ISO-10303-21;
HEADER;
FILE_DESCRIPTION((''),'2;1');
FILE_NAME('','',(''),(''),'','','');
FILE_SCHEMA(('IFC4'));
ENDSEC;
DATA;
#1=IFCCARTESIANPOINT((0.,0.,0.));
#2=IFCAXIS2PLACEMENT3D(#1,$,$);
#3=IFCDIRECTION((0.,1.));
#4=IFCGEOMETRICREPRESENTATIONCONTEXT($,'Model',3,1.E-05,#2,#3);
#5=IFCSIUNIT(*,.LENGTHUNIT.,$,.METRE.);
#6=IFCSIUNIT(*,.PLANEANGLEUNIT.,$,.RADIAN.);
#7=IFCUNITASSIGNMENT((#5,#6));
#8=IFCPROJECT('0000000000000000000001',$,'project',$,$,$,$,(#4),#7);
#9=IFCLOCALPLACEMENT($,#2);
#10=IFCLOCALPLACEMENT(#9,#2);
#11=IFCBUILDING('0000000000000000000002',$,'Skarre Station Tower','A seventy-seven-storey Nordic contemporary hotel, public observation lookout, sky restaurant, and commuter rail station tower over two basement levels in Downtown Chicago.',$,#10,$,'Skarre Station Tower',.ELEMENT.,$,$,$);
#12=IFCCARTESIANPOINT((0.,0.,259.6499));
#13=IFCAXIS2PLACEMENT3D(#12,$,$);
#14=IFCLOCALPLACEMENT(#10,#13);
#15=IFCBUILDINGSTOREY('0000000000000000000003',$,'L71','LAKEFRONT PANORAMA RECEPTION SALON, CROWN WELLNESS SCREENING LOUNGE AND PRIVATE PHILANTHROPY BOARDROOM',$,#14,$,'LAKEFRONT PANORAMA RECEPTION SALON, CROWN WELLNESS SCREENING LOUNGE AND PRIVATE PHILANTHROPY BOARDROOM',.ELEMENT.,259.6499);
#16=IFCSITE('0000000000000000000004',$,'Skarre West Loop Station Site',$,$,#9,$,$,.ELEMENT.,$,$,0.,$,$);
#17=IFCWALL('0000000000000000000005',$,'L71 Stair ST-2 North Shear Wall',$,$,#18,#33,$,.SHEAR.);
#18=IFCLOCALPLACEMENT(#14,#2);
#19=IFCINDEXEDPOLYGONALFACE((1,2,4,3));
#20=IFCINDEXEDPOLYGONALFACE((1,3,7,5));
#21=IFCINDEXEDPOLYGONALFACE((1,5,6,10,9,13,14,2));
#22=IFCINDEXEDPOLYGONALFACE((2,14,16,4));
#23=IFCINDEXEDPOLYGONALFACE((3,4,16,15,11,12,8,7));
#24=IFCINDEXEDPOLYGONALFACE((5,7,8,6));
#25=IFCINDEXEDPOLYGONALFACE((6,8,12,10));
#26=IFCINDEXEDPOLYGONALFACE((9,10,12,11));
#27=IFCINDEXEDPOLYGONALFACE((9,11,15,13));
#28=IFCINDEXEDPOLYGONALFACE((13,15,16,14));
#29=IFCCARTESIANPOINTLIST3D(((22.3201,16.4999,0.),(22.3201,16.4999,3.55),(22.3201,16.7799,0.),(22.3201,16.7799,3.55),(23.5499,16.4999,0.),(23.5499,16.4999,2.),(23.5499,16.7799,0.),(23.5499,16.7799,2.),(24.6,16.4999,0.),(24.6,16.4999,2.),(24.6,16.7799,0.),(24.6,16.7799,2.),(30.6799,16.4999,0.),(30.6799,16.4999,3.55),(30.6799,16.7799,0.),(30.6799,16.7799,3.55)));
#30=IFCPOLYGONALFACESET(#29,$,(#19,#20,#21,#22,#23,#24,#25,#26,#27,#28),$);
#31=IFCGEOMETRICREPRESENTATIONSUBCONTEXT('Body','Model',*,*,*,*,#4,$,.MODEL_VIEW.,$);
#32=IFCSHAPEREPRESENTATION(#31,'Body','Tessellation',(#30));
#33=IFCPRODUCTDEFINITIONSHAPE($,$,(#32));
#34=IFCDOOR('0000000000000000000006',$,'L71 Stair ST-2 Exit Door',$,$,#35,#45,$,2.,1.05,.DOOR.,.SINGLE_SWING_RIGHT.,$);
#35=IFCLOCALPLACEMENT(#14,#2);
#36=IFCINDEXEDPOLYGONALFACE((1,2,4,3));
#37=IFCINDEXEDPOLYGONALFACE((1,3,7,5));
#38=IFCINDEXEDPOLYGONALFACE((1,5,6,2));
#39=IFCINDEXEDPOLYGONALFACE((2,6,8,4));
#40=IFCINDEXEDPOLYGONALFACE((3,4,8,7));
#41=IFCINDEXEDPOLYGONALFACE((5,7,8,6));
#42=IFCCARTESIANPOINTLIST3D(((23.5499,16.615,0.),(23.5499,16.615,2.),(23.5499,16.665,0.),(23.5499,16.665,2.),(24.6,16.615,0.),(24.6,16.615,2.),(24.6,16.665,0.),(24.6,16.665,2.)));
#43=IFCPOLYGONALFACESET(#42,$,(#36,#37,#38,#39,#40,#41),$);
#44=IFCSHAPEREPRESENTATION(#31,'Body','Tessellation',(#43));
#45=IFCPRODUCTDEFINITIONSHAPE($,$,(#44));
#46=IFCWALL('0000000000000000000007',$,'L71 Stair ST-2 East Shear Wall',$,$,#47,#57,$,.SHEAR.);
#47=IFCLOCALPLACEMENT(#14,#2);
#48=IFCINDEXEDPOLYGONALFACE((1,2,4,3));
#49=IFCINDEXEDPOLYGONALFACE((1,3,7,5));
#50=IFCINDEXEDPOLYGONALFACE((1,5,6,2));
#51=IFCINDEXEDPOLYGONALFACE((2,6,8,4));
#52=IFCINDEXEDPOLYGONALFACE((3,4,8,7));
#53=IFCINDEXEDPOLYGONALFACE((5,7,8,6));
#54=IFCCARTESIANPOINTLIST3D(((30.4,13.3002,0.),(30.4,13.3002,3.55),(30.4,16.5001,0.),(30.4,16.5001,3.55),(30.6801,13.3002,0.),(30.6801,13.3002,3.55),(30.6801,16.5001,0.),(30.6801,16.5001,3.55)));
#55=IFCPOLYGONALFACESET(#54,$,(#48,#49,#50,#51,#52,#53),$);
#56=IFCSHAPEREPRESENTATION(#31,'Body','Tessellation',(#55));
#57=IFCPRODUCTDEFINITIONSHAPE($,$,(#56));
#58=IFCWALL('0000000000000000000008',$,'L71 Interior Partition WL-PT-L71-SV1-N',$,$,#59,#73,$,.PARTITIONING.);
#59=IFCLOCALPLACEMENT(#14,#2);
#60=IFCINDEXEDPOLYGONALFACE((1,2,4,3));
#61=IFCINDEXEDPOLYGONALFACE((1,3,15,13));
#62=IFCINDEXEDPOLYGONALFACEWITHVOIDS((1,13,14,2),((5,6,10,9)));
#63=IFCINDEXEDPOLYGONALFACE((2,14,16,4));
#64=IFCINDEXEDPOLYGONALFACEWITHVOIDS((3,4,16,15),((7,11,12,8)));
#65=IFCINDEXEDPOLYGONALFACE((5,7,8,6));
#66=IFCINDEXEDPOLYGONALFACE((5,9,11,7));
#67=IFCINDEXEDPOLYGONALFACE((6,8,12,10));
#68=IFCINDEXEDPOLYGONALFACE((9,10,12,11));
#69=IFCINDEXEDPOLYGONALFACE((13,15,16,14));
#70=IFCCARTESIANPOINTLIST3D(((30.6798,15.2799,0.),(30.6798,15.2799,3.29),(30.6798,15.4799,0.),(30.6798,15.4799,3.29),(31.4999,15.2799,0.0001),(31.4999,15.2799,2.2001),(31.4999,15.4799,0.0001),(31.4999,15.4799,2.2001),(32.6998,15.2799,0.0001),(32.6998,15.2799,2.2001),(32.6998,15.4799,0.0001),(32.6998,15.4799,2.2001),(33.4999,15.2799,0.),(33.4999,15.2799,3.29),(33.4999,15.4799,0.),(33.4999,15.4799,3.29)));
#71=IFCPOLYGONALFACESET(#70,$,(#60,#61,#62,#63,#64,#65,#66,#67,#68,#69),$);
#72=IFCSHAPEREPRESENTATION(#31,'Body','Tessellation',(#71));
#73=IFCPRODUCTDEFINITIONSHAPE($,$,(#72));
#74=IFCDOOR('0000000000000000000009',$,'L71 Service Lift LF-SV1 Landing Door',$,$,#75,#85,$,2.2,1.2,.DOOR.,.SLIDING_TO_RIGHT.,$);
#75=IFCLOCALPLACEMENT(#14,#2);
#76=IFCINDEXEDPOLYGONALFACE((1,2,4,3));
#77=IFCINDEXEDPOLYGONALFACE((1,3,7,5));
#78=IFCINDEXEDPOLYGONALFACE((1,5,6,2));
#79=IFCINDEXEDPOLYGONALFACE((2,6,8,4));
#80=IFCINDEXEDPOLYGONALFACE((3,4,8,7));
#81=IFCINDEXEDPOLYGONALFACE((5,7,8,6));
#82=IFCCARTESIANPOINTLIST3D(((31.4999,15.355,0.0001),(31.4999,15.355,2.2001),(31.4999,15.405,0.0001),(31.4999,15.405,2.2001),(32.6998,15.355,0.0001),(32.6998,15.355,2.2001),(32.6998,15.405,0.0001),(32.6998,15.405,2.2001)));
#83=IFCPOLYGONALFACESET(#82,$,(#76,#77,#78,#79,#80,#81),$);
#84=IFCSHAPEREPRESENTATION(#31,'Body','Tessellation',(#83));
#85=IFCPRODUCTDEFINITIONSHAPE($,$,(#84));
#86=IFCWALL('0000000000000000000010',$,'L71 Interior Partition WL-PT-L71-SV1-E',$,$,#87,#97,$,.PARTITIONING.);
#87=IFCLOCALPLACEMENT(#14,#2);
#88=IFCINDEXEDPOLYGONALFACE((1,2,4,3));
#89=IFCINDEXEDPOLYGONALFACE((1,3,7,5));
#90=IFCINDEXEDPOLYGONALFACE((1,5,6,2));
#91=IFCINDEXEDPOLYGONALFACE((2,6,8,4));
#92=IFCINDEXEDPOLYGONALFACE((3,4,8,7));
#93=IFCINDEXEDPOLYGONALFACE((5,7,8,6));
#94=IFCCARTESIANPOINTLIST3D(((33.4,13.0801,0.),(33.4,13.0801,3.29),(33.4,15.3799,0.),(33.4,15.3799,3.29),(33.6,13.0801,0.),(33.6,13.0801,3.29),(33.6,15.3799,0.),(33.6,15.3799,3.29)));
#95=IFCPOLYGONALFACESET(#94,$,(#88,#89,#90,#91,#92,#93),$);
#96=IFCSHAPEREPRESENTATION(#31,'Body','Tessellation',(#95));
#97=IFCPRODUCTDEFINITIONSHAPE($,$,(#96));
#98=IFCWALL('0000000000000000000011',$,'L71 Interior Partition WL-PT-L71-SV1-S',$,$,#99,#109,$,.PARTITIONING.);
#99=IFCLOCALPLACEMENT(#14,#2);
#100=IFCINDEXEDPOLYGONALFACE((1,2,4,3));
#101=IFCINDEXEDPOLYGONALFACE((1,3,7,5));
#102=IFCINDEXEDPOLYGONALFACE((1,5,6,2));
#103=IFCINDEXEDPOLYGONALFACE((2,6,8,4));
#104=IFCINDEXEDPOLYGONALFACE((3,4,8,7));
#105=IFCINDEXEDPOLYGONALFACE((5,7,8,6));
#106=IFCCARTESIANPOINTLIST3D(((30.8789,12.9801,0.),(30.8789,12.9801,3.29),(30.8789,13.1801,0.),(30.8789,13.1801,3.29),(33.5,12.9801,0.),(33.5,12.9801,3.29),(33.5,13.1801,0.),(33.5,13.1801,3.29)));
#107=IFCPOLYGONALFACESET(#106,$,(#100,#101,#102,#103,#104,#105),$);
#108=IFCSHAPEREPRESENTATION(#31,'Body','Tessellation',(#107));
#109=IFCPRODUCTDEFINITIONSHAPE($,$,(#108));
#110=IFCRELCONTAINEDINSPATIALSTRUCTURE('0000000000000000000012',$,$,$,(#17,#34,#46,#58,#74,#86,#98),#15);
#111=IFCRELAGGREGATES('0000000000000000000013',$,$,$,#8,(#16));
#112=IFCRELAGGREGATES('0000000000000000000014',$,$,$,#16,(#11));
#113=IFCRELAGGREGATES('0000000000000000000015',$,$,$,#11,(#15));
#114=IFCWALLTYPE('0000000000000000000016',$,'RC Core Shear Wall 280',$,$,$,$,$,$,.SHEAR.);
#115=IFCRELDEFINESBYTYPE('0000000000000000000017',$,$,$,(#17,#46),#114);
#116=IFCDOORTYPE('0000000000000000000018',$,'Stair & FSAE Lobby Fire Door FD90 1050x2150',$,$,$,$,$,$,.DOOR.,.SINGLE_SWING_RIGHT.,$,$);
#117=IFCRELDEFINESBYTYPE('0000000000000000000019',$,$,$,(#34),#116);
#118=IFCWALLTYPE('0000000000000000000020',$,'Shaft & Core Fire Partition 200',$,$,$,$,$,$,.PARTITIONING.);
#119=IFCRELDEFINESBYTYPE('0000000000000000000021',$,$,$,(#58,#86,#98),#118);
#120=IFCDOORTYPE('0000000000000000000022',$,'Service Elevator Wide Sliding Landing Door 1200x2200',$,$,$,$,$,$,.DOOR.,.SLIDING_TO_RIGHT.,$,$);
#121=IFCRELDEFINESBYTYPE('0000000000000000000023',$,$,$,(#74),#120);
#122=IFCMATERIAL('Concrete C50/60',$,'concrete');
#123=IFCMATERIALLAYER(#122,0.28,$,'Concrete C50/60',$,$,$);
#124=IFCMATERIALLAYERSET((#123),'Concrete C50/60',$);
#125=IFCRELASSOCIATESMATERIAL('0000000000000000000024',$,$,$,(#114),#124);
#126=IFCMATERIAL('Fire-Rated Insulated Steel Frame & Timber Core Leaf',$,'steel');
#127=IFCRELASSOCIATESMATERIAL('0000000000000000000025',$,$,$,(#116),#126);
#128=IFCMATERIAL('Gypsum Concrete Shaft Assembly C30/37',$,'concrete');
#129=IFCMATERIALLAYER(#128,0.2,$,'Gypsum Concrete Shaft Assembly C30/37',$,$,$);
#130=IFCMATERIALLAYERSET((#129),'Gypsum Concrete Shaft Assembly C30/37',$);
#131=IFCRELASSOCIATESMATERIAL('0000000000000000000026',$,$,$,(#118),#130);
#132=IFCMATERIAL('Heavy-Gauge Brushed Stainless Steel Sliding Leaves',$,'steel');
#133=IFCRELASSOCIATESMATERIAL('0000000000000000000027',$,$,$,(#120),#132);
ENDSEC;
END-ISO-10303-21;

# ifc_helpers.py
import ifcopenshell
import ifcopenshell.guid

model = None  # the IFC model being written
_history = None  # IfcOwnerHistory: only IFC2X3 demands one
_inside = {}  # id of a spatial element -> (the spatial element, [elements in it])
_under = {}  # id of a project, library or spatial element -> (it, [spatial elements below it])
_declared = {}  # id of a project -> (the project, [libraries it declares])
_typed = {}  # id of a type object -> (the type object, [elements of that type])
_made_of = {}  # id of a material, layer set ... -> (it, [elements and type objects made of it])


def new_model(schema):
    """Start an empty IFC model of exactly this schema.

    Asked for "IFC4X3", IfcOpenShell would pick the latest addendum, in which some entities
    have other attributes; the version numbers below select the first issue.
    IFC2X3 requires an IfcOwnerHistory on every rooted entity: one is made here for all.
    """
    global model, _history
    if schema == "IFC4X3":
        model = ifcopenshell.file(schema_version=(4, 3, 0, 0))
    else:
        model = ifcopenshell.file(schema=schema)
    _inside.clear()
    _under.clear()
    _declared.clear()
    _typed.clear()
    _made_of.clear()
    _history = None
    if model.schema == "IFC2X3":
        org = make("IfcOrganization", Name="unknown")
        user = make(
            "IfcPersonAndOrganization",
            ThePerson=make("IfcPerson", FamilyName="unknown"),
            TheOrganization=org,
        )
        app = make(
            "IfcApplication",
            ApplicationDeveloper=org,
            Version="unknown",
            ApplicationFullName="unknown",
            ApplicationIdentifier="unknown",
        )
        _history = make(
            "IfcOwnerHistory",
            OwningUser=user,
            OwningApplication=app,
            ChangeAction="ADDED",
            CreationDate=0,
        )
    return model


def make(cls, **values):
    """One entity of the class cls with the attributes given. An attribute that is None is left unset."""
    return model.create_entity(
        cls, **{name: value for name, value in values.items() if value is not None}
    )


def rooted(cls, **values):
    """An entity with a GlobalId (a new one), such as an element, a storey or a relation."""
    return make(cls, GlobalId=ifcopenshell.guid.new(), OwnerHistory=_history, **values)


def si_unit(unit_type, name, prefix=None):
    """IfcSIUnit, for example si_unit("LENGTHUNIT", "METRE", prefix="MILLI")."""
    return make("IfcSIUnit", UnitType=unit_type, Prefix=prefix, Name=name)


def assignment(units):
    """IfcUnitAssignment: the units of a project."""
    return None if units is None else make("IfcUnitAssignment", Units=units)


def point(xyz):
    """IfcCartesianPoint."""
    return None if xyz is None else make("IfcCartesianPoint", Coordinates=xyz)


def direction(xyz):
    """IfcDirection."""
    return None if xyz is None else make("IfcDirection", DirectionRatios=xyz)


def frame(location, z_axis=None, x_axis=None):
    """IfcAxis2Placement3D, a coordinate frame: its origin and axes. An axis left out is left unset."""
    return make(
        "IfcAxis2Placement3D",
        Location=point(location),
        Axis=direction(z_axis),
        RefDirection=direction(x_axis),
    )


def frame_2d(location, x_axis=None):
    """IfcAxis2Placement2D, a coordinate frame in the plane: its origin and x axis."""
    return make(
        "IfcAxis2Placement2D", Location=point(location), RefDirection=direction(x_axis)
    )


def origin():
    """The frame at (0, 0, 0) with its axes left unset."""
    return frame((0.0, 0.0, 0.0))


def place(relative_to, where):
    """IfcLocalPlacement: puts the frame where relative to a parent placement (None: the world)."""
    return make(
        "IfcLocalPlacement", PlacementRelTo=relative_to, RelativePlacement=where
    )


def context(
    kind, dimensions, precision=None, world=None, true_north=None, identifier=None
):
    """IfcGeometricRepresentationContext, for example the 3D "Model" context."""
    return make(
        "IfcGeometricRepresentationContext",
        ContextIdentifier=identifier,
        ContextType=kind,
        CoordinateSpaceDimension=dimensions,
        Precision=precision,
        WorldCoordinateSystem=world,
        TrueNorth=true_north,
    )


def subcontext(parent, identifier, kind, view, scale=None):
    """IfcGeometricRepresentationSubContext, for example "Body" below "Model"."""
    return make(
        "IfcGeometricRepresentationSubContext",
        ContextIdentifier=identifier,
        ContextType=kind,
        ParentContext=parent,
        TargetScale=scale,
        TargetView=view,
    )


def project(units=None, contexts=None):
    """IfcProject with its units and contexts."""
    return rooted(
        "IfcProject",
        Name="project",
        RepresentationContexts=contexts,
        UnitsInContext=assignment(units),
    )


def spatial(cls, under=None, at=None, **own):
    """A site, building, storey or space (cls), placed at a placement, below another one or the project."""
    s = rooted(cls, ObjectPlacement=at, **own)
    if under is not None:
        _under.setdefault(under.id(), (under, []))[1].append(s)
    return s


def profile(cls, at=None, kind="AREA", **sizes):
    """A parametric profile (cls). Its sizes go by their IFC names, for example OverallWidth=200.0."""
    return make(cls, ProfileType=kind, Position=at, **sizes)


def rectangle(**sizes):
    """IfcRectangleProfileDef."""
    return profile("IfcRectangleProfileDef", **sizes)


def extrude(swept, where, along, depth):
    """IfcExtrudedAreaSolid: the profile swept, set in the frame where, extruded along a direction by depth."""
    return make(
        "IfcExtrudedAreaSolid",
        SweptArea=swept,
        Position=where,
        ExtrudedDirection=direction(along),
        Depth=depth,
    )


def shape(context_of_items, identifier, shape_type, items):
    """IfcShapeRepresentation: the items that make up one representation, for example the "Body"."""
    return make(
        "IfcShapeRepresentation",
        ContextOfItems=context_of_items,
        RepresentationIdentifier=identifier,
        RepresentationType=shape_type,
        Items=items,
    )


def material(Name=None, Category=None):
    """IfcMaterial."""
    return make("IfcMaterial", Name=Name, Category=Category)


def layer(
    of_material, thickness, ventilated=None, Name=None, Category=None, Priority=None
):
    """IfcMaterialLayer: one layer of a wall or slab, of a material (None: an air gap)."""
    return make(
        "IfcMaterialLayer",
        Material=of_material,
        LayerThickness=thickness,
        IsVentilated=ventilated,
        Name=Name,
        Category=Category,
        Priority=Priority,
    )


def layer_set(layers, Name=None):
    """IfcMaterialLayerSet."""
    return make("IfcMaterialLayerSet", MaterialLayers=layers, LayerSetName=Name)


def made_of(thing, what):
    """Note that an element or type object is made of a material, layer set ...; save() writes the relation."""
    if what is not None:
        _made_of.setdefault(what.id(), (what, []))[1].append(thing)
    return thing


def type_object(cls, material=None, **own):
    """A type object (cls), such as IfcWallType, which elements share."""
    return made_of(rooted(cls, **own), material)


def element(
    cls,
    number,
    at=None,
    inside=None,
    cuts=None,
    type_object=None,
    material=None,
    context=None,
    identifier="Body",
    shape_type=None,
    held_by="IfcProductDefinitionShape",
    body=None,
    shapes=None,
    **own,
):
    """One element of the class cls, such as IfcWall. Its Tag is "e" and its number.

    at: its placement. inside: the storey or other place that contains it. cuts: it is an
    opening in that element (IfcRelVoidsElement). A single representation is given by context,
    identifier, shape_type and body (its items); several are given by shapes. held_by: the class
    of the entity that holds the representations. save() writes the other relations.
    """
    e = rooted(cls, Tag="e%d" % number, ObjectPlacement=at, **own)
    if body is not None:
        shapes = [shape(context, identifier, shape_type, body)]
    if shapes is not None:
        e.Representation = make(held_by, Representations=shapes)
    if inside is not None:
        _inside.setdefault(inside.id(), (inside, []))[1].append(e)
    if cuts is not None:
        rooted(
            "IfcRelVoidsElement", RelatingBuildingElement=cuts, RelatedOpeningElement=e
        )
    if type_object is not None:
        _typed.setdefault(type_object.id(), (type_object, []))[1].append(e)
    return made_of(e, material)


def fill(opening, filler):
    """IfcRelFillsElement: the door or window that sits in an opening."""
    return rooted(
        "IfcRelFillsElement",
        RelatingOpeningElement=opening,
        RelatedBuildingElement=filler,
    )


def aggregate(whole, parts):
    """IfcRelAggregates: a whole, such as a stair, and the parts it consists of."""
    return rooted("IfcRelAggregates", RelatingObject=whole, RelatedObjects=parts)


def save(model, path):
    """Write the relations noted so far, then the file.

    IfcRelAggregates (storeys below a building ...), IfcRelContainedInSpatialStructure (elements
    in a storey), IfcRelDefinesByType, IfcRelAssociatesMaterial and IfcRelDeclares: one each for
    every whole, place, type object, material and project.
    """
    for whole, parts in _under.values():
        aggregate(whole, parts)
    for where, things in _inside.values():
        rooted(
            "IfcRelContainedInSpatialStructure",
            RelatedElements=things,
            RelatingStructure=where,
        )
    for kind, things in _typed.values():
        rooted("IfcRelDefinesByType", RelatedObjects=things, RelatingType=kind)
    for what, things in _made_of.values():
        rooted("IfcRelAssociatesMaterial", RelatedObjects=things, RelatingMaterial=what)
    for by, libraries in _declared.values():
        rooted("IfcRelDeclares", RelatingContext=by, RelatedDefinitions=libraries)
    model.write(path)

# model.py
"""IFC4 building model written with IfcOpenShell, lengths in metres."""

from ifc_helpers import new_model, si_unit, direction, frame, frame_2d, origin, place, context, subcontext, project, spatial, rectangle, extrude, material, layer, layer_set, type_object, element, fill, save


model = new_model("IFC4")

# Units and contexts
model_context = context("Model", 3, precision=1e-05, world=origin(), true_north=direction((0.0, 1.0)))
body_context = subcontext(model_context, "Body", "Model", "MODEL_VIEW")
ifc_project = project(units=[si_unit("LENGTHUNIT", "METRE"), si_unit("PLANEANGLEUNIT", "RADIAN")], contexts=[model_context])

# Site, building, storey
site_placement = place(None, origin())
site = spatial("IfcSite", under=ifc_project, at=site_placement, Name="Skarre West Loop Station Site", CompositionType="ELEMENT", RefElevation=0.0)
building_placement = place(site_placement, origin())
building = spatial("IfcBuilding", under=site, at=building_placement, Name="Skarre Station Tower", Description="A seventy-seven-storey Nordic contemporary hotel, public observation lookout, sky restaurant, and commuter rail station tower over two basement levels in Downtown Chicago.", LongName="Skarre Station Tower", CompositionType="ELEMENT")
storey_placement = place(building_placement, frame((0.0, 0.0, 259.6499)))
storey = spatial("IfcBuildingStorey", under=building, at=storey_placement, Name="L71", Description="LAKEFRONT PANORAMA RECEPTION SALON, CROWN WELLNESS SCREENING LOUNGE AND PRIVATE PHILANTHROPY BOARDROOM", LongName="LAKEFRONT PANORAMA RECEPTION SALON, CROWN WELLNESS SCREENING LOUNGE AND PRIVATE PHILANTHROPY BOARDROOM", CompositionType="ELEMENT", Elevation=259.6499)

# Wall, opening, door
ifc_material_1 = material(Name="Concrete C50/60", Category="concrete")
ifc_layer_1 = layer(ifc_material_1, 0.28, Name="Concrete C50/60")
ifc_layer_set_1 = layer_set([ifc_layer_1], Name="Concrete C50/60")
wall_type_1 = type_object("IfcWallType", Name="RC Core Shear Wall 280", PredefinedType="SHEAR", material=ifc_layer_set_1)
wall_1_placement = place(storey_placement, frame((30.6799, 16.6399, 0.0), z_axis=(0.0, 0.0, 1.0), x_axis=(-1.0, 0.0, 0.0)))
wall_1 = element("IfcWall", 1, at=wall_1_placement, inside=storey, type_object=wall_type_1, Name="L71 Stair ST-2 North Shear Wall", PredefinedType="SHEAR", context=body_context, shape_type="SweptSolid", body=[
    extrude(rectangle(XDim=8.3599, YDim=0.28, at=frame_2d((4.1799, 0.0))), origin(), (0.0, 0.0, 1.0), 3.55),
])
opening_1_placement = place(wall_1_placement, frame((6.0801, 0.0, 0.0)))
opening_1 = element("IfcOpeningElement", 2, at=opening_1_placement, cuts=wall_1, PredefinedType="OPENING", context=body_context, shape_type="SweptSolid", body=[
    extrude(rectangle(XDim=1.05, YDim=2.0, at=frame_2d((0.5249, 1.0))), frame((0.0, 0.1499, 0.0), z_axis=(0.0, -1.0, 0.0), x_axis=(1.0, 0.0, 0.0)), (0.0, 0.0, 1.0), 0.3),
])
ifc_material_2 = material(Name="Fire-Rated Insulated Steel Frame & Timber Core Leaf", Category="steel")
door_type_1 = type_object("IfcDoorType", Name="Stair & FSAE Lobby Fire Door FD90 1050x2150", OperationType="SINGLE_SWING_RIGHT", PredefinedType="DOOR", material=ifc_material_2)
door_1_placement = place(opening_1_placement, origin())
door_1 = element("IfcDoor", 3, at=door_1_placement, inside=storey, type_object=door_type_1, Name="L71 Stair ST-2 Exit Door", OperationType="SINGLE_SWING_RIGHT", OverallHeight=2.0, OverallWidth=1.05, PredefinedType="DOOR", context=body_context, shape_type="SweptSolid", body=[
    extrude(rectangle(XDim=1.05, YDim=2.0, at=frame_2d((0.5249, 1.0))), frame((0.0, 0.0249, 0.0), z_axis=(0.0, -1.0, 0.0), x_axis=(1.0, 0.0, 0.0)), (0.0, 0.0, 1.0), 0.05),
])
fill(opening_1, door_1)

# Wall
wall_2_placement = place(storey_placement, frame((30.54, 13.3, 0.0), z_axis=(0.0, 0.0, 1.0), x_axis=(0.0, 1.0, 0.0)))
element("IfcWall", 4, at=wall_2_placement, inside=storey, type_object=wall_type_1, Name="L71 Stair ST-2 East Shear Wall", PredefinedType="SHEAR", context=body_context, shape_type="SweptSolid", body=[
    extrude(rectangle(XDim=3.2, YDim=0.28, at=frame_2d((1.6001, 0.0))), origin(), (0.0, 0.0, 1.0), 3.55),
])

# Wall, opening, door
ifc_material_3 = material(Name="Gypsum Concrete Shaft Assembly C30/37", Category="concrete")
ifc_layer_2 = layer(ifc_material_3, 0.2, Name="Gypsum Concrete Shaft Assembly C30/37")
ifc_layer_set_2 = layer_set([ifc_layer_2], Name="Gypsum Concrete Shaft Assembly C30/37")
wall_type_2 = type_object("IfcWallType", Name="Shaft & Core Fire Partition 200", PredefinedType="PARTITIONING", material=ifc_layer_set_2)
wall_3_placement = place(storey_placement, frame((33.5, 15.3799, 0.0), z_axis=(0.0, 0.0, 1.0), x_axis=(-1.0, 0.0, 0.0)))
wall_3 = element("IfcWall", 5, at=wall_3_placement, inside=storey, type_object=wall_type_2, Name="L71 Interior Partition WL-PT-L71-SV1-N", PredefinedType="PARTITIONING", context=body_context, shape_type="SweptSolid", body=[
    extrude(rectangle(XDim=2.8201, YDim=0.2, at=frame_2d((1.4102, 0.0))), origin(), (0.0, 0.0, 1.0), 3.29),
])
opening_2_placement = place(wall_3_placement, frame((0.8, 0.0, 0.0)))
opening_2 = element("IfcOpeningElement", 6, at=opening_2_placement, cuts=wall_3, PredefinedType="OPENING", context=body_context, shape_type="SweptSolid", body=[
    extrude(rectangle(XDim=1.2, YDim=2.2, at=frame_2d((0.6001, 1.1001))), frame((0.0, 0.1099, 0.0), z_axis=(0.0, -1.0, 0.0), x_axis=(1.0, 0.0, 0.0)), (0.0, 0.0, 1.0), 0.22),
])
ifc_material_4 = material(Name="Heavy-Gauge Brushed Stainless Steel Sliding Leaves", Category="steel")
door_type_2 = type_object("IfcDoorType", Name="Service Elevator Wide Sliding Landing Door 1200x2200", OperationType="SLIDING_TO_RIGHT", PredefinedType="DOOR", material=ifc_material_4)
door_2_placement = place(opening_2_placement, origin())
door_2 = element("IfcDoor", 7, at=door_2_placement, inside=storey, type_object=door_type_2, Name="L71 Service Lift LF-SV1 Landing Door", OperationType="SLIDING_TO_RIGHT", OverallHeight=2.2, OverallWidth=1.2, PredefinedType="DOOR", context=body_context, shape_type="SweptSolid", body=[
    extrude(rectangle(XDim=1.2, YDim=2.2, at=frame_2d((0.6001, 1.1001))), frame((0.0, 0.0249, 0.0), z_axis=(0.0, -1.0, 0.0), x_axis=(1.0, 0.0, 0.0)), (0.0, 0.0, 1.0), 0.05),
])
fill(opening_2, door_2)

# Walls
wall_4_placement = place(storey_placement, frame((33.5, 13.0801, 0.0), z_axis=(0.0, 0.0, 1.0), x_axis=(0.0, 1.0, 0.0)))
element("IfcWall", 8, at=wall_4_placement, inside=storey, type_object=wall_type_2, Name="L71 Interior Partition WL-PT-L71-SV1-E", PredefinedType="PARTITIONING", context=body_context, shape_type="SweptSolid", body=[
    extrude(rectangle(XDim=2.2998, YDim=0.2, at=frame_2d((1.1499, 0.0))), origin(), (0.0, 0.0, 1.0), 3.29),
])
wall_5_placement = place(storey_placement, frame((30.8789, 13.0801, 0.0), z_axis=(0.0, 0.0, 1.0), x_axis=(1.0, 0.0, 0.0)))
element("IfcWall", 9, at=wall_5_placement, inside=storey, type_object=wall_type_2, Name="L71 Interior Partition WL-PT-L71-SV1-S", PredefinedType="PARTITIONING", context=body_context, shape_type="SweptSolid", body=[
    extrude(rectangle(XDim=2.6211, YDim=0.2, at=frame_2d((1.3105, 0.0))), origin(), (0.0, 0.0, 1.0), 3.29),
])

save(model, "model.ifc")
